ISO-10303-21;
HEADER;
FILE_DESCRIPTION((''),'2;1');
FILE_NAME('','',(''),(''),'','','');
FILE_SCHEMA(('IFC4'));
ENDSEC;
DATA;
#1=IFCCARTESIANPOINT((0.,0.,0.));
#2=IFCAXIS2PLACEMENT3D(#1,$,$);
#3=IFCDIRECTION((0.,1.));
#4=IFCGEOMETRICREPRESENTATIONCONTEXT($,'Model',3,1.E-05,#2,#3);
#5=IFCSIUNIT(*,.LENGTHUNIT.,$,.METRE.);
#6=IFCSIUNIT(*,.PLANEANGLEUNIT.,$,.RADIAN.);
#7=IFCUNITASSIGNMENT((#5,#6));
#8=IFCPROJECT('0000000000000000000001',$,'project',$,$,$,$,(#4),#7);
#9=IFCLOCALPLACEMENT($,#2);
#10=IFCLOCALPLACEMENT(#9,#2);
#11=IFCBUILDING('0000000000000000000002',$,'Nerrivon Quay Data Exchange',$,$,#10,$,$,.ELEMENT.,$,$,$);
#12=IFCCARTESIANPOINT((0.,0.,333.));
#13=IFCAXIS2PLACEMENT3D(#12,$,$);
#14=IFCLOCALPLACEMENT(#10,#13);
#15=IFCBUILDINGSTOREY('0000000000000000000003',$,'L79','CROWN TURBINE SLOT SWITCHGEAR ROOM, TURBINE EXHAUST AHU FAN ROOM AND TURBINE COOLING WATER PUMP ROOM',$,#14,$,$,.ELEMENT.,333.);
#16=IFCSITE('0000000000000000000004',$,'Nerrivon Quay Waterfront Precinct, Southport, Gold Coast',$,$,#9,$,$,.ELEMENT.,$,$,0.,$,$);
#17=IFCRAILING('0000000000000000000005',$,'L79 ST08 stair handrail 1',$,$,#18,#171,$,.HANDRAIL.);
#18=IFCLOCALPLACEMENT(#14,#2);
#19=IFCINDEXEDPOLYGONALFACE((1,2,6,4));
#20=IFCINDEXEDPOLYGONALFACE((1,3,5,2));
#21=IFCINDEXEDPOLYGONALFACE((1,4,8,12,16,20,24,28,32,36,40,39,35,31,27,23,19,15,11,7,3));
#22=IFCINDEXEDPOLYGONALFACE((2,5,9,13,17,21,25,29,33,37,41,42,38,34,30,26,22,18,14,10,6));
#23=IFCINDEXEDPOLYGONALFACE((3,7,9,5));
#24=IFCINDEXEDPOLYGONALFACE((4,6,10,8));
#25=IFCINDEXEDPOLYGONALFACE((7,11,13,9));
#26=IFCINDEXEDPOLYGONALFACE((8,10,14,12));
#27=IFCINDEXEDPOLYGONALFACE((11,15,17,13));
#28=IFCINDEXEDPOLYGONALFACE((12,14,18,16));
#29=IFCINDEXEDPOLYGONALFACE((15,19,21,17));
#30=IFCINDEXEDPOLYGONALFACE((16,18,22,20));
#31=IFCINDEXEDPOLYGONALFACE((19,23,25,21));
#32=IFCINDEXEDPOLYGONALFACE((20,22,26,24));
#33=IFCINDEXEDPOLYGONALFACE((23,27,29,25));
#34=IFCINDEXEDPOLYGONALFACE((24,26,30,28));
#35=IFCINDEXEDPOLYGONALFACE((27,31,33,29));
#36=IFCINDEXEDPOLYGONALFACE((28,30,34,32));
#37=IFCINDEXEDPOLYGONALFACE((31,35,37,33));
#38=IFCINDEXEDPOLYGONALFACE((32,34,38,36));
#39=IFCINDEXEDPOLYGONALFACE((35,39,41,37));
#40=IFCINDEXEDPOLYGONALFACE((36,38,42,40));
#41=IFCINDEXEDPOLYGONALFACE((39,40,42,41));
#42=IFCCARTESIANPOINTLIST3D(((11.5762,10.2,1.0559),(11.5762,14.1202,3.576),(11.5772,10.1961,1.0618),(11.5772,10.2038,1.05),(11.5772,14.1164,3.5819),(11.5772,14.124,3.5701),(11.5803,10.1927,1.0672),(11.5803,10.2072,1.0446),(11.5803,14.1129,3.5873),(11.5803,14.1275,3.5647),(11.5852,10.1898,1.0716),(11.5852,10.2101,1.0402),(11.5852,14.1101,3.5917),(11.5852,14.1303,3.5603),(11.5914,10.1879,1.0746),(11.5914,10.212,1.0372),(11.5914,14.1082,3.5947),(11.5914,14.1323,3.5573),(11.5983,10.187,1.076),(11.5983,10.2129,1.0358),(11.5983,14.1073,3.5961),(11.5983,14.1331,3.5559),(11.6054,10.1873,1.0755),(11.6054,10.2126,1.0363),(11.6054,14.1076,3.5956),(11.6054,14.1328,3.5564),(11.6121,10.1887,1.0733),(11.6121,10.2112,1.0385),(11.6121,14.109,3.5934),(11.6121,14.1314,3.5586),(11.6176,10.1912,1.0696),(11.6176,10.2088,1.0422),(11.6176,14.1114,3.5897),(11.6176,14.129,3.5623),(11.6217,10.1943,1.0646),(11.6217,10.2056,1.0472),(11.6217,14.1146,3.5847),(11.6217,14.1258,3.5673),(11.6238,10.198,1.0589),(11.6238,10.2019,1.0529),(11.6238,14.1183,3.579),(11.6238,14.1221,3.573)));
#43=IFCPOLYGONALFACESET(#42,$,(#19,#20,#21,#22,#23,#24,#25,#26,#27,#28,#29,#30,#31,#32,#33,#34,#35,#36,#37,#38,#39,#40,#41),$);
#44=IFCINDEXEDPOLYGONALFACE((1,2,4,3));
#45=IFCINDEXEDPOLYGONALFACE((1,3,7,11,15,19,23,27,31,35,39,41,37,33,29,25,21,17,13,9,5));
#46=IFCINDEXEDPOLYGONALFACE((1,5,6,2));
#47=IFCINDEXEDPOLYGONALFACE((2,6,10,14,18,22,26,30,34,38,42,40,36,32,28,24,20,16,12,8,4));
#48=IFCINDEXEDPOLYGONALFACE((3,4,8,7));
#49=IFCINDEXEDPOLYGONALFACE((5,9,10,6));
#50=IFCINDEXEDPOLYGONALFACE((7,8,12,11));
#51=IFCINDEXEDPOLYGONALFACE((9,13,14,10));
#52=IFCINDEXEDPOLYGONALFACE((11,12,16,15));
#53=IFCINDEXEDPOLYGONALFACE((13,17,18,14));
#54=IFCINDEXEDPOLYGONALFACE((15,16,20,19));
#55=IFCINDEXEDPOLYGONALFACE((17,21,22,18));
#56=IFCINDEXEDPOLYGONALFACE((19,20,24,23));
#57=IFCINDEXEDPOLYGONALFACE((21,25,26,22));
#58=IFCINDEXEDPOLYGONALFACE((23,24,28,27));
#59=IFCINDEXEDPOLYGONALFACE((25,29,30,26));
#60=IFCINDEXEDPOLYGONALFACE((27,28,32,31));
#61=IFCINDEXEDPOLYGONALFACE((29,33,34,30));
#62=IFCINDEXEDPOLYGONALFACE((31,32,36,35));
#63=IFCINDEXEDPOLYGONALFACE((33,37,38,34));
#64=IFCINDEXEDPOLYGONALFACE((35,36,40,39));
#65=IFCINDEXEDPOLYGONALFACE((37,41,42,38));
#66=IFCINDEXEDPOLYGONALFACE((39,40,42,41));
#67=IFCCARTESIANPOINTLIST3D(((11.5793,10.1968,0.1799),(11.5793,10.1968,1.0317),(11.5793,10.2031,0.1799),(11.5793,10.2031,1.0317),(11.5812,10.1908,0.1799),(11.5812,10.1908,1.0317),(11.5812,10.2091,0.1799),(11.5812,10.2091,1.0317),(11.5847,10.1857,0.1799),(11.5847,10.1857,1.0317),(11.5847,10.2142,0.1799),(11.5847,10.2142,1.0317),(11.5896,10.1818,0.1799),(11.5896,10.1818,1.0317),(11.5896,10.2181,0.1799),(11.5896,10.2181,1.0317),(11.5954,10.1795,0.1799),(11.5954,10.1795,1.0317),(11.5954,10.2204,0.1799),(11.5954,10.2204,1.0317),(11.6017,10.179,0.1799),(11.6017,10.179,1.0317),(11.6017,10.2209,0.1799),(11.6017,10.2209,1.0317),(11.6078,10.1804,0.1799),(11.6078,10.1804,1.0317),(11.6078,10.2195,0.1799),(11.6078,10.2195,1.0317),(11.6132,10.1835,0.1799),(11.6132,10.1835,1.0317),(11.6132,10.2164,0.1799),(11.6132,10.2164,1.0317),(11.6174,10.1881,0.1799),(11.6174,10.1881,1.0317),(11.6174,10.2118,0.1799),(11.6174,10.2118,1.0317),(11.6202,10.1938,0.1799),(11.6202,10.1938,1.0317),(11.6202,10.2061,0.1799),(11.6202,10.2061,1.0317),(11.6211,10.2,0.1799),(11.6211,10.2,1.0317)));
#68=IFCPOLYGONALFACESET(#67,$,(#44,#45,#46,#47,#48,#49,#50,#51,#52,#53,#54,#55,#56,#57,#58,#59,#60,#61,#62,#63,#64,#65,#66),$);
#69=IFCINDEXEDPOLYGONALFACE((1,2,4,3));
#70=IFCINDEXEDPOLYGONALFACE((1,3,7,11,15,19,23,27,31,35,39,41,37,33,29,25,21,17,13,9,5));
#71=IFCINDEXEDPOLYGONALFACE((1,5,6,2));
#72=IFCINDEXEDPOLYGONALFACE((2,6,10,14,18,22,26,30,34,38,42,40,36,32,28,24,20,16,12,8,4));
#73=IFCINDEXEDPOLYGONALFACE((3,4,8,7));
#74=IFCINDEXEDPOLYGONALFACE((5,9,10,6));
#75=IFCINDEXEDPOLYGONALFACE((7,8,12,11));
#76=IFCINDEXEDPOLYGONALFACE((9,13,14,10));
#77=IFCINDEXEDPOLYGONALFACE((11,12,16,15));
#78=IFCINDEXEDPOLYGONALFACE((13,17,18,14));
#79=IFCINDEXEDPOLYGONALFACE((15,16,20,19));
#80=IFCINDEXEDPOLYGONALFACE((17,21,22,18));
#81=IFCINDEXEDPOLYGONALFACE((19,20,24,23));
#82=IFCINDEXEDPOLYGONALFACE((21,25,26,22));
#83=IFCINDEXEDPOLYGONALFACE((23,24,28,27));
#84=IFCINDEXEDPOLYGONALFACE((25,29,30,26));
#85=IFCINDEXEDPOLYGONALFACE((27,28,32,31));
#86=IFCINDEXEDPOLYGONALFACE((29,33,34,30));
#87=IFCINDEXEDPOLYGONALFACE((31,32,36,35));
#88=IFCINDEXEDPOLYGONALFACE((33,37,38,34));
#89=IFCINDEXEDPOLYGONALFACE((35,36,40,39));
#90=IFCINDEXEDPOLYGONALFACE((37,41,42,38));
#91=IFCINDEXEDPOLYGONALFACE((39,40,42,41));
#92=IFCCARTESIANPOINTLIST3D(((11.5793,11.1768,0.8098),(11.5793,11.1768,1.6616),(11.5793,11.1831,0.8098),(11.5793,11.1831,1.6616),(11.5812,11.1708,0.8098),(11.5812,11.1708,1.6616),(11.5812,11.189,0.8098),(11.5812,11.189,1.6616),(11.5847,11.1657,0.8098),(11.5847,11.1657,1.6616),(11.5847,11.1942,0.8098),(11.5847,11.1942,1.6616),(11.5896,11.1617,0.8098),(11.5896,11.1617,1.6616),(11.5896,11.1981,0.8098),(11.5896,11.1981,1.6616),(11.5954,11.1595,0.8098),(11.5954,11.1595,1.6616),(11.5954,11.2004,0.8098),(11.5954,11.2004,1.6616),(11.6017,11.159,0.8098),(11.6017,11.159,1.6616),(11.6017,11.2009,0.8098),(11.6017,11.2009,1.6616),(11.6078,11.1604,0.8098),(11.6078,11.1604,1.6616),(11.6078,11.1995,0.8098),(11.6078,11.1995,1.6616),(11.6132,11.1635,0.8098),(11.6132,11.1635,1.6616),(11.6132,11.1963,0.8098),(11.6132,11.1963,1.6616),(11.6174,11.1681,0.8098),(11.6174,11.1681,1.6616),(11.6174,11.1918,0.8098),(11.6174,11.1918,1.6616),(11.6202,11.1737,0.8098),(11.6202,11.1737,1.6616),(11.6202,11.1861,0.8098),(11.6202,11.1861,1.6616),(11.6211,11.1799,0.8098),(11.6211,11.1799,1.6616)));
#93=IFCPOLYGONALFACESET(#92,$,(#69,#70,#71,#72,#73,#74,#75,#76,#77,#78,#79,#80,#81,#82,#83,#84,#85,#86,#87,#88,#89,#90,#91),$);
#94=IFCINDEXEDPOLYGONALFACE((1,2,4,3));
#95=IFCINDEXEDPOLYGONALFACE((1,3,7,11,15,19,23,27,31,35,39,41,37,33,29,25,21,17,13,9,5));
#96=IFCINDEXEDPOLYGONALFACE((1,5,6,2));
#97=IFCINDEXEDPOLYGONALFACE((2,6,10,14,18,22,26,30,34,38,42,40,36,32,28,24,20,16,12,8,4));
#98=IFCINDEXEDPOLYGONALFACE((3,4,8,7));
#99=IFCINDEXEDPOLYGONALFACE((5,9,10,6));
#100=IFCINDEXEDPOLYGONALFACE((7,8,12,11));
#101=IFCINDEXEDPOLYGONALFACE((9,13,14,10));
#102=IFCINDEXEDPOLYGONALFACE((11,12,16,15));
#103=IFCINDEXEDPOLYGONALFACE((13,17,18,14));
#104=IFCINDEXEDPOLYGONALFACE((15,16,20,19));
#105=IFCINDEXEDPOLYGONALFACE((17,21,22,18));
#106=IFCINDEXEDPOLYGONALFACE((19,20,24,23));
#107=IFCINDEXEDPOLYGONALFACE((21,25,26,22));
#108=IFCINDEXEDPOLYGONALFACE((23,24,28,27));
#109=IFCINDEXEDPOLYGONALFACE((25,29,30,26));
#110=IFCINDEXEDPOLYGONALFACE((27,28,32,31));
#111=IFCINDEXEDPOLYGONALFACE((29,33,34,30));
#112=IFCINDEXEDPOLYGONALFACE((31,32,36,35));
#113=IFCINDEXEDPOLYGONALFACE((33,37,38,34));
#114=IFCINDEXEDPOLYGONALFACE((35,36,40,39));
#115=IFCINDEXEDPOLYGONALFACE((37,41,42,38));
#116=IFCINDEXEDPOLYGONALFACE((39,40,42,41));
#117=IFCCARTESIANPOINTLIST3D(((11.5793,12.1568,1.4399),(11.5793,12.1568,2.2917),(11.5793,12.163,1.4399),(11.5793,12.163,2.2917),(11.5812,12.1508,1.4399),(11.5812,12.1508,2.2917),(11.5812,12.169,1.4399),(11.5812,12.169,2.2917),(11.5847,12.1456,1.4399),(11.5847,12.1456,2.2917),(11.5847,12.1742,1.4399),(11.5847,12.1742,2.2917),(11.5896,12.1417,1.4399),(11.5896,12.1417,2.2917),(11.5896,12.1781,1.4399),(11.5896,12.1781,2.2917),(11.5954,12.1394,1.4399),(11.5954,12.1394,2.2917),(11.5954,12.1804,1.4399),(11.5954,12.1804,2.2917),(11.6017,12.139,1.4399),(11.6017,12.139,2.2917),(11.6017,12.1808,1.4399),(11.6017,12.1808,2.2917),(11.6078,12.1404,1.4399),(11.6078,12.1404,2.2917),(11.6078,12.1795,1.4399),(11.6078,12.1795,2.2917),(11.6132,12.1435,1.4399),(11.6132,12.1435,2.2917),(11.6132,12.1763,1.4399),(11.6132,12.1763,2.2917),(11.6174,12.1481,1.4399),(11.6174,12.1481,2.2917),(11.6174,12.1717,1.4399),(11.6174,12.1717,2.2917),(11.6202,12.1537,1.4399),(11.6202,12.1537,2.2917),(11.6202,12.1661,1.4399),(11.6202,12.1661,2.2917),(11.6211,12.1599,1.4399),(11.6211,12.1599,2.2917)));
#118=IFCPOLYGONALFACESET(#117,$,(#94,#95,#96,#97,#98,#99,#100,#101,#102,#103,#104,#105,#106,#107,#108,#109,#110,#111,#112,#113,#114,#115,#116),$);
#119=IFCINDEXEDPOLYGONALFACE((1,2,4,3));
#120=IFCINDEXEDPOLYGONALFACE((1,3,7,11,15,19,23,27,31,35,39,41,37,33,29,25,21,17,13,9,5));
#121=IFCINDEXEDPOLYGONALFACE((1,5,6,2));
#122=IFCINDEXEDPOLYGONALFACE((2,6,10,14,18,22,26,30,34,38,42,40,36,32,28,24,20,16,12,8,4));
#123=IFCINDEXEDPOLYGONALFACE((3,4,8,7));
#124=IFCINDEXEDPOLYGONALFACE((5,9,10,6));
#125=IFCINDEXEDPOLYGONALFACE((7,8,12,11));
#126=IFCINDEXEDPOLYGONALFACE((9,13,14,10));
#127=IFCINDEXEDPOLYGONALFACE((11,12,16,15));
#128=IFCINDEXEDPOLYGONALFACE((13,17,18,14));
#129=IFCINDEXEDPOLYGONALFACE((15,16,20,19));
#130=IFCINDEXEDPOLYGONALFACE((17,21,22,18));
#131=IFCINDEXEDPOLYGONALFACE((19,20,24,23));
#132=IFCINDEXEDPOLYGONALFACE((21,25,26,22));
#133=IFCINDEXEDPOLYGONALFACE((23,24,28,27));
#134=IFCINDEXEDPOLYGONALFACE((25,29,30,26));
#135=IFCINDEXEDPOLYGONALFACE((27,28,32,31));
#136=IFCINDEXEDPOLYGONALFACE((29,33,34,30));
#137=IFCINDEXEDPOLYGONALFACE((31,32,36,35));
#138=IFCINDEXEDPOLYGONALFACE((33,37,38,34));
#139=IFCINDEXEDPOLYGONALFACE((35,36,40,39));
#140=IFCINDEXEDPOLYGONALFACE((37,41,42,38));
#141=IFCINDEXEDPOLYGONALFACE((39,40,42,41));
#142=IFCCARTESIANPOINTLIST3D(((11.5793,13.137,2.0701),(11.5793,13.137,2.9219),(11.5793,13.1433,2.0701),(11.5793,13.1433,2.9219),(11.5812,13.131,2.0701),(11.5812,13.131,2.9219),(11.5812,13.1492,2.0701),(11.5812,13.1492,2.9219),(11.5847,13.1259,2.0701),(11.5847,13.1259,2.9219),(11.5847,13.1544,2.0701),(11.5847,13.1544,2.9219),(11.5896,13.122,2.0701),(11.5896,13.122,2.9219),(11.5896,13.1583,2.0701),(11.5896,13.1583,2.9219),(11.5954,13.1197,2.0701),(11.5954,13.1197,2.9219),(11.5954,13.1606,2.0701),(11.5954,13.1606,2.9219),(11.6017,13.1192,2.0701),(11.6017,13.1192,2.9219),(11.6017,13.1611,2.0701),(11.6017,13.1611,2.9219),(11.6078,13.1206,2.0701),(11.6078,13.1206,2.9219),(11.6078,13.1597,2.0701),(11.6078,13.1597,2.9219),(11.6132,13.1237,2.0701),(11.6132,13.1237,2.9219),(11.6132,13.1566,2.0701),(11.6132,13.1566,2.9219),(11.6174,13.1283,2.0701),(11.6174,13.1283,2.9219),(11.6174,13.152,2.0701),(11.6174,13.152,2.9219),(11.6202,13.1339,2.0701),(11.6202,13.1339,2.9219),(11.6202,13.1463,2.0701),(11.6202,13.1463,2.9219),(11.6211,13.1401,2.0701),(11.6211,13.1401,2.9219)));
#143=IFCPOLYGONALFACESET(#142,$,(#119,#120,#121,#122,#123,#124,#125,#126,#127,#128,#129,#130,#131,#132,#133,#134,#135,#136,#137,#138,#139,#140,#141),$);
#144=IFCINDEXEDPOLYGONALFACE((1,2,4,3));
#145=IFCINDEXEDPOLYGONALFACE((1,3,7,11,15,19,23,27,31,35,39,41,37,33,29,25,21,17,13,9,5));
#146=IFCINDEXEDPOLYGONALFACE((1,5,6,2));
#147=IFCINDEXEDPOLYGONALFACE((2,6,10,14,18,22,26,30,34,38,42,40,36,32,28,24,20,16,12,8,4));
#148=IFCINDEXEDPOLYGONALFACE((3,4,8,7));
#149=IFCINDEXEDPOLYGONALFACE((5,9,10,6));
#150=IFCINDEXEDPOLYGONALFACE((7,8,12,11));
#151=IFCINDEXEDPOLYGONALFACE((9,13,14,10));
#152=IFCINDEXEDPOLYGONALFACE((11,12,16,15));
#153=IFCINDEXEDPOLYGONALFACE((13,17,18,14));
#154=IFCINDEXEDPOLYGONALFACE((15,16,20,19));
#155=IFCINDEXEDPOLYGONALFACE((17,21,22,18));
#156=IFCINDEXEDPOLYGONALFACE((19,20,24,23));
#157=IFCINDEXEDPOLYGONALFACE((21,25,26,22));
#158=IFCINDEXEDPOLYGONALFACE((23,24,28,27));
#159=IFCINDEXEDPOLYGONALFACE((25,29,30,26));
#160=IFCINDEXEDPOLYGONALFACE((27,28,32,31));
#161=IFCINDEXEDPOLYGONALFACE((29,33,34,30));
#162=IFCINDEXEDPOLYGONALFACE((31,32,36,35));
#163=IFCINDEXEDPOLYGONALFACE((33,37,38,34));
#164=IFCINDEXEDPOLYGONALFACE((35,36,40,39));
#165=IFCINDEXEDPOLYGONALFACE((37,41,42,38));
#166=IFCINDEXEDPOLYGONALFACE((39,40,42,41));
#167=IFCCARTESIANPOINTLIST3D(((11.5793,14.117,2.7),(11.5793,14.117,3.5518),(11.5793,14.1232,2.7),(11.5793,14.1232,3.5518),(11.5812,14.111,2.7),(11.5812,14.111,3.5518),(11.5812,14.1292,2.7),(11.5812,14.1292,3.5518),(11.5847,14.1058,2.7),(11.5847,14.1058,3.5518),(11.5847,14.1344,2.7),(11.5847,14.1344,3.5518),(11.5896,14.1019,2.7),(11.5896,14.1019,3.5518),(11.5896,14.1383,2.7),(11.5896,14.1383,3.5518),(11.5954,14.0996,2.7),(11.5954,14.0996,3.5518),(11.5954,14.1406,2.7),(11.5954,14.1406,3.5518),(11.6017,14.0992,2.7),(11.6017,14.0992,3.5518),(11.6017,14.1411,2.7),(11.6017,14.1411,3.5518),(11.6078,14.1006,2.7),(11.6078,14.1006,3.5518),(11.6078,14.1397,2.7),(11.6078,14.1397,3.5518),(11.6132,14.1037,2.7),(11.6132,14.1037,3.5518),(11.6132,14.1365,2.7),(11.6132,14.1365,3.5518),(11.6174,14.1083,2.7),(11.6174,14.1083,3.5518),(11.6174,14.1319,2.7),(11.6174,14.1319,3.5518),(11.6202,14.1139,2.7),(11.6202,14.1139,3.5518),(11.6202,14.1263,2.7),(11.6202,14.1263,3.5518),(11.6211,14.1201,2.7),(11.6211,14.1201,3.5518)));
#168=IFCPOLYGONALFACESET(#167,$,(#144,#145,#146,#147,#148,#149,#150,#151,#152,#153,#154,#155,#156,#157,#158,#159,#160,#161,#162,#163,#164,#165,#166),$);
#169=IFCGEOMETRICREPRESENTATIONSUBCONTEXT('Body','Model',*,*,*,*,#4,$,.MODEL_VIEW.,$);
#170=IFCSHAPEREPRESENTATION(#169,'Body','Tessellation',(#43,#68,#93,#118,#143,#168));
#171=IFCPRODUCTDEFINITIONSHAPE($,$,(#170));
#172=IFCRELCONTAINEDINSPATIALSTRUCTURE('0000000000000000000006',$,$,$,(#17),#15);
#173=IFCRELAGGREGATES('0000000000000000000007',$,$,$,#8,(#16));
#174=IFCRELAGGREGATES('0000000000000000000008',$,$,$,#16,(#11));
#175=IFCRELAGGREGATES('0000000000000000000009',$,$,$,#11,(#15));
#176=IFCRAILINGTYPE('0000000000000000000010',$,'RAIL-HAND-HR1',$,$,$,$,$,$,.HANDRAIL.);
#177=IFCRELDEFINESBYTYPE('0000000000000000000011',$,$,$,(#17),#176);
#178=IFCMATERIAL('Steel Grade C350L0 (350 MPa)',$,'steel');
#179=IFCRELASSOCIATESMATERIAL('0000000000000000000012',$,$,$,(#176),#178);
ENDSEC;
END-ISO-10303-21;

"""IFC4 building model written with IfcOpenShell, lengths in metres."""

from ifc_helpers import new_model, si_unit, direction, frame, origin, origin_2d, place, context, subcontext, project, spatial, circle, extrude, material, type_object, element, save


model = new_model("IFC4")

# Units and contexts
model_context = context("Model", 3, precision=1e-05, world=origin(), true_north=direction((0.0, 1.0)))
body_context = subcontext(model_context, "Body", "Model", "MODEL_VIEW")
ifc_project = project(units=[si_unit("LENGTHUNIT", "METRE"), si_unit("PLANEANGLEUNIT", "RADIAN")], contexts=[model_context])

# Site, building, storey
site_placement = place(None, origin())
site = spatial("IfcSite", under=ifc_project, at=site_placement, Name="Nerrivon Quay Waterfront Precinct, Southport, Gold Coast", CompositionType="ELEMENT", RefElevation=0.0)
building_placement = place(site_placement, origin())
building = spatial("IfcBuilding", under=site, at=building_placement, Name="Nerrivon Quay Data Exchange", CompositionType="ELEMENT")
storey_placement = place(building_placement, frame((0.0, 0.0, 333.0)))
storey = spatial("IfcBuildingStorey", under=building, at=storey_placement, Name="L79", Description="CROWN TURBINE SLOT SWITCHGEAR ROOM, TURBINE EXHAUST AHU FAN ROOM AND TURBINE COOLING WATER PUMP ROOM", CompositionType="ELEMENT", Elevation=333.0)

# Shared definitions
ifc_material_1 = material(Name="Steel Grade C350L0 (350 MPa)", Category="steel")

# Railing
railing_type_1 = type_object("IfcRailingType", Name="RAIL-HAND-HR1", PredefinedType="HANDRAIL", material=ifc_material_1)
railing_1_placement = place(storey_placement, frame((11.6001, 10.2, 0.1799)))
element("IfcRailing", 1, at=railing_1_placement, inside=storey, type_object=railing_type_1, Name="L79 ST08 stair handrail 1", PredefinedType="HANDRAIL", context=body_context, shape_type="SweptSolid", body=[
    extrude(circle(Radius=0.0239, at=origin_2d()), frame((0.0, 0.0, 0.876), z_axis=(0.0, 0.841187, 0.540744), x_axis=(-1.0, 0.0, 0.0)), (0.0, 0.0, 1.0), 4.6604),
    extrude(circle(Radius=0.021, at=origin_2d()), origin(), (0.0, 0.0, 1.0), 0.8518),
    extrude(circle(Radius=0.021, at=origin_2d()), frame((0.0, 0.98, 0.6299)), (0.0, 0.0, 1.0), 0.8518),
    extrude(circle(Radius=0.021, at=origin_2d()), frame((0.0, 1.96, 1.26)), (0.0, 0.0, 1.0), 0.8518),
    extrude(circle(Radius=0.021, at=origin_2d()), frame((0.0, 2.9402, 1.8901)), (0.0, 0.0, 1.0), 0.8518),
    extrude(circle(Radius=0.021, at=origin_2d()), frame((0.0, 3.9202, 2.52)), (0.0, 0.0, 1.0), 0.8518),
])

save(model, "model.ifc")
